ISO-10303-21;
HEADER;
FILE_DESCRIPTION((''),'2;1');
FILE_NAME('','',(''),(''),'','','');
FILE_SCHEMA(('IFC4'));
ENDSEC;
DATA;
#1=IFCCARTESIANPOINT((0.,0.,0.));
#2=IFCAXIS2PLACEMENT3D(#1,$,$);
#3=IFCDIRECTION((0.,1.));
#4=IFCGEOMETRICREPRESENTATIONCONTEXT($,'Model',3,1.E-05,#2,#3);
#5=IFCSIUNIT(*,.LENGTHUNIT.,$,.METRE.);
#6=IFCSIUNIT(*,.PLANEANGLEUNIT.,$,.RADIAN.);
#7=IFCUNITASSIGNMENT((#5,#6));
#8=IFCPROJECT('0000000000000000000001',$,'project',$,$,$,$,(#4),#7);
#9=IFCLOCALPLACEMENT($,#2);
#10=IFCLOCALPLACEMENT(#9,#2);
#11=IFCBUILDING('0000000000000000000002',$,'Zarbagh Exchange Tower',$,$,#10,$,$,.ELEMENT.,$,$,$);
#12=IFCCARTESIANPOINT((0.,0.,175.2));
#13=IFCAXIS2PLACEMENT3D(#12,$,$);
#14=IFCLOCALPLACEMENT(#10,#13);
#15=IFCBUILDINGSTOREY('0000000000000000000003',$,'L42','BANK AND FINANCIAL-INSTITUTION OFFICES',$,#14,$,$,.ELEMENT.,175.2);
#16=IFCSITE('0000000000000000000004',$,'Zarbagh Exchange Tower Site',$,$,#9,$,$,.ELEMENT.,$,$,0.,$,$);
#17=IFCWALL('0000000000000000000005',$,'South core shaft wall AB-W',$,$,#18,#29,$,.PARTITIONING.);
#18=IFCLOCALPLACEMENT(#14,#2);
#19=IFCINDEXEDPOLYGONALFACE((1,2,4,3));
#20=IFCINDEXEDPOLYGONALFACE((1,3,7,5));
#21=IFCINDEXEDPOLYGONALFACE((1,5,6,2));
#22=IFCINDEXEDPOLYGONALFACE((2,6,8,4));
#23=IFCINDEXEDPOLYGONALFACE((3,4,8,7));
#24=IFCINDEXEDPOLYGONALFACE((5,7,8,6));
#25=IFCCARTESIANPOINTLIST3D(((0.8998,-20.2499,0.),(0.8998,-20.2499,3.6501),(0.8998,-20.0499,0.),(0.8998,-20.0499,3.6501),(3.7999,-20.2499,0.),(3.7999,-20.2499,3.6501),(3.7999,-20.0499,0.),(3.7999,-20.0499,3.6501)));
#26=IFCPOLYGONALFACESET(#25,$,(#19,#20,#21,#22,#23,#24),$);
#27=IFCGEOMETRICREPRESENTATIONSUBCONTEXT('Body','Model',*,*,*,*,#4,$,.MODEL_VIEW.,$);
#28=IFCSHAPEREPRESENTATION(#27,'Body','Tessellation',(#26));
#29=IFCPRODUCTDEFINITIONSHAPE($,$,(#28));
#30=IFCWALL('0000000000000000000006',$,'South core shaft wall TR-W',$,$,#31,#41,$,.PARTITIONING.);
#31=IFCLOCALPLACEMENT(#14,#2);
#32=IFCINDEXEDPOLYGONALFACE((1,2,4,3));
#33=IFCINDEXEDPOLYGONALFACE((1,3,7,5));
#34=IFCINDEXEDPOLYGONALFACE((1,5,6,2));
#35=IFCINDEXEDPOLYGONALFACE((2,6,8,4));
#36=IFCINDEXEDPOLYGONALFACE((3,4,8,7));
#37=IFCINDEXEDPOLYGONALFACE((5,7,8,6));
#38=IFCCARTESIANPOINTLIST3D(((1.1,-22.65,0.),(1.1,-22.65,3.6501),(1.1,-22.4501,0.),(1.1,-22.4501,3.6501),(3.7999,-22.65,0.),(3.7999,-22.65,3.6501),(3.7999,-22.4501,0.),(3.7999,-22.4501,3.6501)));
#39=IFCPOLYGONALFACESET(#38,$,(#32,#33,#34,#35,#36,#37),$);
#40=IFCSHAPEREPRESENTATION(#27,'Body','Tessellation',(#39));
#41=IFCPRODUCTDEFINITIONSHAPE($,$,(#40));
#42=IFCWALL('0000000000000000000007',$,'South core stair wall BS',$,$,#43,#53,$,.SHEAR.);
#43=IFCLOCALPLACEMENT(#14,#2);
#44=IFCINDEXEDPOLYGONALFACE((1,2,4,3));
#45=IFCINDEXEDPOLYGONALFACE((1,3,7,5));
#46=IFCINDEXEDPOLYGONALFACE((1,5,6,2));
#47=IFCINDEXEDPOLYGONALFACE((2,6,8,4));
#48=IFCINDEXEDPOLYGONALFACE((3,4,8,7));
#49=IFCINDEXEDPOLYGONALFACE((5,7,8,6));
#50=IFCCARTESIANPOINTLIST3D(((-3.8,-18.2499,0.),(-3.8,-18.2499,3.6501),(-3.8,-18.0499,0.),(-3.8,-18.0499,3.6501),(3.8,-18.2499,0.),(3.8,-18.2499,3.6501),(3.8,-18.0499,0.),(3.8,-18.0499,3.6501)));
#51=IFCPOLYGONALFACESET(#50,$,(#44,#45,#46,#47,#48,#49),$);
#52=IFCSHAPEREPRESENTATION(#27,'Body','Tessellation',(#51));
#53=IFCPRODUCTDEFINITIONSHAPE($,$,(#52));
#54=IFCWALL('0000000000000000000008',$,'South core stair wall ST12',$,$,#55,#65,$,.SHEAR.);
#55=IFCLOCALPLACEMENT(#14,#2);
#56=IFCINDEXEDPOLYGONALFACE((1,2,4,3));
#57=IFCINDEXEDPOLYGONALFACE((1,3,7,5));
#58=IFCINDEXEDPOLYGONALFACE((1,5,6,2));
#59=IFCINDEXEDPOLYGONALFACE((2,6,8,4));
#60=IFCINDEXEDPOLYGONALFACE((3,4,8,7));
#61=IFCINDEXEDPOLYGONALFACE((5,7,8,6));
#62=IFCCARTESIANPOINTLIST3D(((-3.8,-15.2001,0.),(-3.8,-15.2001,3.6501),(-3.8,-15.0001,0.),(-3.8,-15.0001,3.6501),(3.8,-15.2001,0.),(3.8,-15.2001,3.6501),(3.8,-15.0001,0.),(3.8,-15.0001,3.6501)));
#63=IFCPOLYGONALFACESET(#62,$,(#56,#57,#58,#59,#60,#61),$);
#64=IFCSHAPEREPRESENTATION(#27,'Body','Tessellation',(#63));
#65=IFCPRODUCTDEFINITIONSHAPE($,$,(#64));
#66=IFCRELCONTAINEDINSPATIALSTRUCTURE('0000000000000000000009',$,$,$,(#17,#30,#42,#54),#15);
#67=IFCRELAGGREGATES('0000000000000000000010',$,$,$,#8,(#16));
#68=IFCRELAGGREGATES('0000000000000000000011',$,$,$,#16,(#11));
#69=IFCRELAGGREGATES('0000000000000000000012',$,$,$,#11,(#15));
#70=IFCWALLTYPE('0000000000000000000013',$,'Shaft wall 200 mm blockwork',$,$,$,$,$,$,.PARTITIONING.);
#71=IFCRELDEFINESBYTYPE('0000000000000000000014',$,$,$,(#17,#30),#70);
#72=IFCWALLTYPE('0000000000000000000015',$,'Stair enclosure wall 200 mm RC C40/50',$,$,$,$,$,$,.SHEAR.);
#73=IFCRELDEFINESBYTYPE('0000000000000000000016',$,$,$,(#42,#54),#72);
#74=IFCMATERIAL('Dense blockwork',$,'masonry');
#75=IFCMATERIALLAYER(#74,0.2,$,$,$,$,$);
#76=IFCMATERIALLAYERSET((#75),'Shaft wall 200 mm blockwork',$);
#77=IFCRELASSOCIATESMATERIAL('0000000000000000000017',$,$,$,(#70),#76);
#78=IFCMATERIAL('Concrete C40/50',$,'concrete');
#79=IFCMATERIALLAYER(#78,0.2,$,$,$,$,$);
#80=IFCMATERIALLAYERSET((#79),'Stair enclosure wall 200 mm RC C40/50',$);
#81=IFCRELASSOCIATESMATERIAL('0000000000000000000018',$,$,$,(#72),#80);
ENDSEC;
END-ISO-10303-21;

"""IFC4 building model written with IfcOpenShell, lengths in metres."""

from ifc_helpers import new_model, si_unit, direction, frame, frame_2d, origin, place, context, subcontext, project, spatial, rectangle, extrude, material, layer, layer_set, type_object, element, save


model = new_model("IFC4")

# Units and contexts
model_context = context("Model", 3, precision=1e-05, world=origin(), true_north=direction((0.0, 1.0)))
body_context = subcontext(model_context, "Body", "Model", "MODEL_VIEW")
ifc_project = project(units=[si_unit("LENGTHUNIT", "METRE"), si_unit("PLANEANGLEUNIT", "RADIAN")], contexts=[model_context])

# Site, building, storey
site_placement = place(None, origin())
site = spatial("IfcSite", under=ifc_project, at=site_placement, Name="Zarbagh Exchange Tower Site", CompositionType="ELEMENT", RefElevation=0.0)
building_placement = place(site_placement, origin())
building = spatial("IfcBuilding", under=site, at=building_placement, Name="Zarbagh Exchange Tower", CompositionType="ELEMENT")
storey_placement = place(building_placement, frame((0.0, 0.0, 175.2)))
storey = spatial("IfcBuildingStorey", under=building, at=storey_placement, Name="L42", Description="BANK AND FINANCIAL-INSTITUTION OFFICES", CompositionType="ELEMENT", Elevation=175.2)

# Walls
ifc_material_1 = material(Name="Dense blockwork", Category="masonry")
ifc_layer_1 = layer(ifc_material_1, 0.2)
ifc_layer_set_1 = layer_set([ifc_layer_1], Name="Shaft wall 200 mm blockwork")
wall_type_1 = type_object("IfcWallType", Name="Shaft wall 200 mm blockwork", PredefinedType="PARTITIONING", material=ifc_layer_set_1)
wall_1_placement = place(storey_placement, frame((3.8, -20.1499, 0.0), z_axis=(0.0, 0.0, 1.0), x_axis=(-1.0, 0.0, 0.0)))
element("IfcWall", 1, at=wall_1_placement, inside=storey, type_object=wall_type_1, Name="South core shaft wall AB-W", PredefinedType="PARTITIONING", context=body_context, shape_type="SweptSolid", body=[
    extrude(rectangle(XDim=2.9001, YDim=0.2, at=frame_2d((1.4502, 0.0))), origin(), (0.0, 0.0, 1.0), 3.6501),
])
wall_2_placement = place(storey_placement, frame((3.8, -22.55, 0.0), z_axis=(0.0, 0.0, 1.0), x_axis=(-1.0, 0.0, 0.0)))
element("IfcWall", 2, at=wall_2_placement, inside=storey, type_object=wall_type_1, Name="South core shaft wall TR-W", PredefinedType="PARTITIONING", context=body_context, shape_type="SweptSolid", body=[
    extrude(rectangle(XDim=2.7, YDim=0.2, at=frame_2d((1.3501, 0.0))), origin(), (0.0, 0.0, 1.0), 3.6501),
])
ifc_material_2 = material(Name="Concrete C40/50", Category="concrete")
ifc_layer_2 = layer(ifc_material_2, 0.2)
ifc_layer_set_2 = layer_set([ifc_layer_2], Name="Stair enclosure wall 200 mm RC C40/50")
wall_type_2 = type_object("IfcWallType", Name="Stair enclosure wall 200 mm RC C40/50", PredefinedType="SHEAR", material=ifc_layer_set_2)
for number, where, z_axis, x_axis, name in (
    (3, (3.8, -18.1499, 0.0), (0.0, 0.0, 1.0), (-1.0, 0.0, 0.0), "South core stair wall BS"),
    (4, (3.8, -15.1001, 0.0), (0.0, 0.0, 1.0), (-1.0, 0.0, 0.0), "South core stair wall ST12"),
):
    element("IfcWall", number, at=place(storey_placement, frame(where, z_axis=z_axis, x_axis=x_axis)), inside=storey, type_object=wall_type_2, Name=name, PredefinedType="SHEAR", context=body_context, shape_type="SweptSolid", body=[
        extrude(rectangle(XDim=7.6001, YDim=0.2, at=frame_2d((3.8, 0.0))), origin(), (0.0, 0.0, 1.0), 3.6501),
    ])

save(model, "model.ifc")
